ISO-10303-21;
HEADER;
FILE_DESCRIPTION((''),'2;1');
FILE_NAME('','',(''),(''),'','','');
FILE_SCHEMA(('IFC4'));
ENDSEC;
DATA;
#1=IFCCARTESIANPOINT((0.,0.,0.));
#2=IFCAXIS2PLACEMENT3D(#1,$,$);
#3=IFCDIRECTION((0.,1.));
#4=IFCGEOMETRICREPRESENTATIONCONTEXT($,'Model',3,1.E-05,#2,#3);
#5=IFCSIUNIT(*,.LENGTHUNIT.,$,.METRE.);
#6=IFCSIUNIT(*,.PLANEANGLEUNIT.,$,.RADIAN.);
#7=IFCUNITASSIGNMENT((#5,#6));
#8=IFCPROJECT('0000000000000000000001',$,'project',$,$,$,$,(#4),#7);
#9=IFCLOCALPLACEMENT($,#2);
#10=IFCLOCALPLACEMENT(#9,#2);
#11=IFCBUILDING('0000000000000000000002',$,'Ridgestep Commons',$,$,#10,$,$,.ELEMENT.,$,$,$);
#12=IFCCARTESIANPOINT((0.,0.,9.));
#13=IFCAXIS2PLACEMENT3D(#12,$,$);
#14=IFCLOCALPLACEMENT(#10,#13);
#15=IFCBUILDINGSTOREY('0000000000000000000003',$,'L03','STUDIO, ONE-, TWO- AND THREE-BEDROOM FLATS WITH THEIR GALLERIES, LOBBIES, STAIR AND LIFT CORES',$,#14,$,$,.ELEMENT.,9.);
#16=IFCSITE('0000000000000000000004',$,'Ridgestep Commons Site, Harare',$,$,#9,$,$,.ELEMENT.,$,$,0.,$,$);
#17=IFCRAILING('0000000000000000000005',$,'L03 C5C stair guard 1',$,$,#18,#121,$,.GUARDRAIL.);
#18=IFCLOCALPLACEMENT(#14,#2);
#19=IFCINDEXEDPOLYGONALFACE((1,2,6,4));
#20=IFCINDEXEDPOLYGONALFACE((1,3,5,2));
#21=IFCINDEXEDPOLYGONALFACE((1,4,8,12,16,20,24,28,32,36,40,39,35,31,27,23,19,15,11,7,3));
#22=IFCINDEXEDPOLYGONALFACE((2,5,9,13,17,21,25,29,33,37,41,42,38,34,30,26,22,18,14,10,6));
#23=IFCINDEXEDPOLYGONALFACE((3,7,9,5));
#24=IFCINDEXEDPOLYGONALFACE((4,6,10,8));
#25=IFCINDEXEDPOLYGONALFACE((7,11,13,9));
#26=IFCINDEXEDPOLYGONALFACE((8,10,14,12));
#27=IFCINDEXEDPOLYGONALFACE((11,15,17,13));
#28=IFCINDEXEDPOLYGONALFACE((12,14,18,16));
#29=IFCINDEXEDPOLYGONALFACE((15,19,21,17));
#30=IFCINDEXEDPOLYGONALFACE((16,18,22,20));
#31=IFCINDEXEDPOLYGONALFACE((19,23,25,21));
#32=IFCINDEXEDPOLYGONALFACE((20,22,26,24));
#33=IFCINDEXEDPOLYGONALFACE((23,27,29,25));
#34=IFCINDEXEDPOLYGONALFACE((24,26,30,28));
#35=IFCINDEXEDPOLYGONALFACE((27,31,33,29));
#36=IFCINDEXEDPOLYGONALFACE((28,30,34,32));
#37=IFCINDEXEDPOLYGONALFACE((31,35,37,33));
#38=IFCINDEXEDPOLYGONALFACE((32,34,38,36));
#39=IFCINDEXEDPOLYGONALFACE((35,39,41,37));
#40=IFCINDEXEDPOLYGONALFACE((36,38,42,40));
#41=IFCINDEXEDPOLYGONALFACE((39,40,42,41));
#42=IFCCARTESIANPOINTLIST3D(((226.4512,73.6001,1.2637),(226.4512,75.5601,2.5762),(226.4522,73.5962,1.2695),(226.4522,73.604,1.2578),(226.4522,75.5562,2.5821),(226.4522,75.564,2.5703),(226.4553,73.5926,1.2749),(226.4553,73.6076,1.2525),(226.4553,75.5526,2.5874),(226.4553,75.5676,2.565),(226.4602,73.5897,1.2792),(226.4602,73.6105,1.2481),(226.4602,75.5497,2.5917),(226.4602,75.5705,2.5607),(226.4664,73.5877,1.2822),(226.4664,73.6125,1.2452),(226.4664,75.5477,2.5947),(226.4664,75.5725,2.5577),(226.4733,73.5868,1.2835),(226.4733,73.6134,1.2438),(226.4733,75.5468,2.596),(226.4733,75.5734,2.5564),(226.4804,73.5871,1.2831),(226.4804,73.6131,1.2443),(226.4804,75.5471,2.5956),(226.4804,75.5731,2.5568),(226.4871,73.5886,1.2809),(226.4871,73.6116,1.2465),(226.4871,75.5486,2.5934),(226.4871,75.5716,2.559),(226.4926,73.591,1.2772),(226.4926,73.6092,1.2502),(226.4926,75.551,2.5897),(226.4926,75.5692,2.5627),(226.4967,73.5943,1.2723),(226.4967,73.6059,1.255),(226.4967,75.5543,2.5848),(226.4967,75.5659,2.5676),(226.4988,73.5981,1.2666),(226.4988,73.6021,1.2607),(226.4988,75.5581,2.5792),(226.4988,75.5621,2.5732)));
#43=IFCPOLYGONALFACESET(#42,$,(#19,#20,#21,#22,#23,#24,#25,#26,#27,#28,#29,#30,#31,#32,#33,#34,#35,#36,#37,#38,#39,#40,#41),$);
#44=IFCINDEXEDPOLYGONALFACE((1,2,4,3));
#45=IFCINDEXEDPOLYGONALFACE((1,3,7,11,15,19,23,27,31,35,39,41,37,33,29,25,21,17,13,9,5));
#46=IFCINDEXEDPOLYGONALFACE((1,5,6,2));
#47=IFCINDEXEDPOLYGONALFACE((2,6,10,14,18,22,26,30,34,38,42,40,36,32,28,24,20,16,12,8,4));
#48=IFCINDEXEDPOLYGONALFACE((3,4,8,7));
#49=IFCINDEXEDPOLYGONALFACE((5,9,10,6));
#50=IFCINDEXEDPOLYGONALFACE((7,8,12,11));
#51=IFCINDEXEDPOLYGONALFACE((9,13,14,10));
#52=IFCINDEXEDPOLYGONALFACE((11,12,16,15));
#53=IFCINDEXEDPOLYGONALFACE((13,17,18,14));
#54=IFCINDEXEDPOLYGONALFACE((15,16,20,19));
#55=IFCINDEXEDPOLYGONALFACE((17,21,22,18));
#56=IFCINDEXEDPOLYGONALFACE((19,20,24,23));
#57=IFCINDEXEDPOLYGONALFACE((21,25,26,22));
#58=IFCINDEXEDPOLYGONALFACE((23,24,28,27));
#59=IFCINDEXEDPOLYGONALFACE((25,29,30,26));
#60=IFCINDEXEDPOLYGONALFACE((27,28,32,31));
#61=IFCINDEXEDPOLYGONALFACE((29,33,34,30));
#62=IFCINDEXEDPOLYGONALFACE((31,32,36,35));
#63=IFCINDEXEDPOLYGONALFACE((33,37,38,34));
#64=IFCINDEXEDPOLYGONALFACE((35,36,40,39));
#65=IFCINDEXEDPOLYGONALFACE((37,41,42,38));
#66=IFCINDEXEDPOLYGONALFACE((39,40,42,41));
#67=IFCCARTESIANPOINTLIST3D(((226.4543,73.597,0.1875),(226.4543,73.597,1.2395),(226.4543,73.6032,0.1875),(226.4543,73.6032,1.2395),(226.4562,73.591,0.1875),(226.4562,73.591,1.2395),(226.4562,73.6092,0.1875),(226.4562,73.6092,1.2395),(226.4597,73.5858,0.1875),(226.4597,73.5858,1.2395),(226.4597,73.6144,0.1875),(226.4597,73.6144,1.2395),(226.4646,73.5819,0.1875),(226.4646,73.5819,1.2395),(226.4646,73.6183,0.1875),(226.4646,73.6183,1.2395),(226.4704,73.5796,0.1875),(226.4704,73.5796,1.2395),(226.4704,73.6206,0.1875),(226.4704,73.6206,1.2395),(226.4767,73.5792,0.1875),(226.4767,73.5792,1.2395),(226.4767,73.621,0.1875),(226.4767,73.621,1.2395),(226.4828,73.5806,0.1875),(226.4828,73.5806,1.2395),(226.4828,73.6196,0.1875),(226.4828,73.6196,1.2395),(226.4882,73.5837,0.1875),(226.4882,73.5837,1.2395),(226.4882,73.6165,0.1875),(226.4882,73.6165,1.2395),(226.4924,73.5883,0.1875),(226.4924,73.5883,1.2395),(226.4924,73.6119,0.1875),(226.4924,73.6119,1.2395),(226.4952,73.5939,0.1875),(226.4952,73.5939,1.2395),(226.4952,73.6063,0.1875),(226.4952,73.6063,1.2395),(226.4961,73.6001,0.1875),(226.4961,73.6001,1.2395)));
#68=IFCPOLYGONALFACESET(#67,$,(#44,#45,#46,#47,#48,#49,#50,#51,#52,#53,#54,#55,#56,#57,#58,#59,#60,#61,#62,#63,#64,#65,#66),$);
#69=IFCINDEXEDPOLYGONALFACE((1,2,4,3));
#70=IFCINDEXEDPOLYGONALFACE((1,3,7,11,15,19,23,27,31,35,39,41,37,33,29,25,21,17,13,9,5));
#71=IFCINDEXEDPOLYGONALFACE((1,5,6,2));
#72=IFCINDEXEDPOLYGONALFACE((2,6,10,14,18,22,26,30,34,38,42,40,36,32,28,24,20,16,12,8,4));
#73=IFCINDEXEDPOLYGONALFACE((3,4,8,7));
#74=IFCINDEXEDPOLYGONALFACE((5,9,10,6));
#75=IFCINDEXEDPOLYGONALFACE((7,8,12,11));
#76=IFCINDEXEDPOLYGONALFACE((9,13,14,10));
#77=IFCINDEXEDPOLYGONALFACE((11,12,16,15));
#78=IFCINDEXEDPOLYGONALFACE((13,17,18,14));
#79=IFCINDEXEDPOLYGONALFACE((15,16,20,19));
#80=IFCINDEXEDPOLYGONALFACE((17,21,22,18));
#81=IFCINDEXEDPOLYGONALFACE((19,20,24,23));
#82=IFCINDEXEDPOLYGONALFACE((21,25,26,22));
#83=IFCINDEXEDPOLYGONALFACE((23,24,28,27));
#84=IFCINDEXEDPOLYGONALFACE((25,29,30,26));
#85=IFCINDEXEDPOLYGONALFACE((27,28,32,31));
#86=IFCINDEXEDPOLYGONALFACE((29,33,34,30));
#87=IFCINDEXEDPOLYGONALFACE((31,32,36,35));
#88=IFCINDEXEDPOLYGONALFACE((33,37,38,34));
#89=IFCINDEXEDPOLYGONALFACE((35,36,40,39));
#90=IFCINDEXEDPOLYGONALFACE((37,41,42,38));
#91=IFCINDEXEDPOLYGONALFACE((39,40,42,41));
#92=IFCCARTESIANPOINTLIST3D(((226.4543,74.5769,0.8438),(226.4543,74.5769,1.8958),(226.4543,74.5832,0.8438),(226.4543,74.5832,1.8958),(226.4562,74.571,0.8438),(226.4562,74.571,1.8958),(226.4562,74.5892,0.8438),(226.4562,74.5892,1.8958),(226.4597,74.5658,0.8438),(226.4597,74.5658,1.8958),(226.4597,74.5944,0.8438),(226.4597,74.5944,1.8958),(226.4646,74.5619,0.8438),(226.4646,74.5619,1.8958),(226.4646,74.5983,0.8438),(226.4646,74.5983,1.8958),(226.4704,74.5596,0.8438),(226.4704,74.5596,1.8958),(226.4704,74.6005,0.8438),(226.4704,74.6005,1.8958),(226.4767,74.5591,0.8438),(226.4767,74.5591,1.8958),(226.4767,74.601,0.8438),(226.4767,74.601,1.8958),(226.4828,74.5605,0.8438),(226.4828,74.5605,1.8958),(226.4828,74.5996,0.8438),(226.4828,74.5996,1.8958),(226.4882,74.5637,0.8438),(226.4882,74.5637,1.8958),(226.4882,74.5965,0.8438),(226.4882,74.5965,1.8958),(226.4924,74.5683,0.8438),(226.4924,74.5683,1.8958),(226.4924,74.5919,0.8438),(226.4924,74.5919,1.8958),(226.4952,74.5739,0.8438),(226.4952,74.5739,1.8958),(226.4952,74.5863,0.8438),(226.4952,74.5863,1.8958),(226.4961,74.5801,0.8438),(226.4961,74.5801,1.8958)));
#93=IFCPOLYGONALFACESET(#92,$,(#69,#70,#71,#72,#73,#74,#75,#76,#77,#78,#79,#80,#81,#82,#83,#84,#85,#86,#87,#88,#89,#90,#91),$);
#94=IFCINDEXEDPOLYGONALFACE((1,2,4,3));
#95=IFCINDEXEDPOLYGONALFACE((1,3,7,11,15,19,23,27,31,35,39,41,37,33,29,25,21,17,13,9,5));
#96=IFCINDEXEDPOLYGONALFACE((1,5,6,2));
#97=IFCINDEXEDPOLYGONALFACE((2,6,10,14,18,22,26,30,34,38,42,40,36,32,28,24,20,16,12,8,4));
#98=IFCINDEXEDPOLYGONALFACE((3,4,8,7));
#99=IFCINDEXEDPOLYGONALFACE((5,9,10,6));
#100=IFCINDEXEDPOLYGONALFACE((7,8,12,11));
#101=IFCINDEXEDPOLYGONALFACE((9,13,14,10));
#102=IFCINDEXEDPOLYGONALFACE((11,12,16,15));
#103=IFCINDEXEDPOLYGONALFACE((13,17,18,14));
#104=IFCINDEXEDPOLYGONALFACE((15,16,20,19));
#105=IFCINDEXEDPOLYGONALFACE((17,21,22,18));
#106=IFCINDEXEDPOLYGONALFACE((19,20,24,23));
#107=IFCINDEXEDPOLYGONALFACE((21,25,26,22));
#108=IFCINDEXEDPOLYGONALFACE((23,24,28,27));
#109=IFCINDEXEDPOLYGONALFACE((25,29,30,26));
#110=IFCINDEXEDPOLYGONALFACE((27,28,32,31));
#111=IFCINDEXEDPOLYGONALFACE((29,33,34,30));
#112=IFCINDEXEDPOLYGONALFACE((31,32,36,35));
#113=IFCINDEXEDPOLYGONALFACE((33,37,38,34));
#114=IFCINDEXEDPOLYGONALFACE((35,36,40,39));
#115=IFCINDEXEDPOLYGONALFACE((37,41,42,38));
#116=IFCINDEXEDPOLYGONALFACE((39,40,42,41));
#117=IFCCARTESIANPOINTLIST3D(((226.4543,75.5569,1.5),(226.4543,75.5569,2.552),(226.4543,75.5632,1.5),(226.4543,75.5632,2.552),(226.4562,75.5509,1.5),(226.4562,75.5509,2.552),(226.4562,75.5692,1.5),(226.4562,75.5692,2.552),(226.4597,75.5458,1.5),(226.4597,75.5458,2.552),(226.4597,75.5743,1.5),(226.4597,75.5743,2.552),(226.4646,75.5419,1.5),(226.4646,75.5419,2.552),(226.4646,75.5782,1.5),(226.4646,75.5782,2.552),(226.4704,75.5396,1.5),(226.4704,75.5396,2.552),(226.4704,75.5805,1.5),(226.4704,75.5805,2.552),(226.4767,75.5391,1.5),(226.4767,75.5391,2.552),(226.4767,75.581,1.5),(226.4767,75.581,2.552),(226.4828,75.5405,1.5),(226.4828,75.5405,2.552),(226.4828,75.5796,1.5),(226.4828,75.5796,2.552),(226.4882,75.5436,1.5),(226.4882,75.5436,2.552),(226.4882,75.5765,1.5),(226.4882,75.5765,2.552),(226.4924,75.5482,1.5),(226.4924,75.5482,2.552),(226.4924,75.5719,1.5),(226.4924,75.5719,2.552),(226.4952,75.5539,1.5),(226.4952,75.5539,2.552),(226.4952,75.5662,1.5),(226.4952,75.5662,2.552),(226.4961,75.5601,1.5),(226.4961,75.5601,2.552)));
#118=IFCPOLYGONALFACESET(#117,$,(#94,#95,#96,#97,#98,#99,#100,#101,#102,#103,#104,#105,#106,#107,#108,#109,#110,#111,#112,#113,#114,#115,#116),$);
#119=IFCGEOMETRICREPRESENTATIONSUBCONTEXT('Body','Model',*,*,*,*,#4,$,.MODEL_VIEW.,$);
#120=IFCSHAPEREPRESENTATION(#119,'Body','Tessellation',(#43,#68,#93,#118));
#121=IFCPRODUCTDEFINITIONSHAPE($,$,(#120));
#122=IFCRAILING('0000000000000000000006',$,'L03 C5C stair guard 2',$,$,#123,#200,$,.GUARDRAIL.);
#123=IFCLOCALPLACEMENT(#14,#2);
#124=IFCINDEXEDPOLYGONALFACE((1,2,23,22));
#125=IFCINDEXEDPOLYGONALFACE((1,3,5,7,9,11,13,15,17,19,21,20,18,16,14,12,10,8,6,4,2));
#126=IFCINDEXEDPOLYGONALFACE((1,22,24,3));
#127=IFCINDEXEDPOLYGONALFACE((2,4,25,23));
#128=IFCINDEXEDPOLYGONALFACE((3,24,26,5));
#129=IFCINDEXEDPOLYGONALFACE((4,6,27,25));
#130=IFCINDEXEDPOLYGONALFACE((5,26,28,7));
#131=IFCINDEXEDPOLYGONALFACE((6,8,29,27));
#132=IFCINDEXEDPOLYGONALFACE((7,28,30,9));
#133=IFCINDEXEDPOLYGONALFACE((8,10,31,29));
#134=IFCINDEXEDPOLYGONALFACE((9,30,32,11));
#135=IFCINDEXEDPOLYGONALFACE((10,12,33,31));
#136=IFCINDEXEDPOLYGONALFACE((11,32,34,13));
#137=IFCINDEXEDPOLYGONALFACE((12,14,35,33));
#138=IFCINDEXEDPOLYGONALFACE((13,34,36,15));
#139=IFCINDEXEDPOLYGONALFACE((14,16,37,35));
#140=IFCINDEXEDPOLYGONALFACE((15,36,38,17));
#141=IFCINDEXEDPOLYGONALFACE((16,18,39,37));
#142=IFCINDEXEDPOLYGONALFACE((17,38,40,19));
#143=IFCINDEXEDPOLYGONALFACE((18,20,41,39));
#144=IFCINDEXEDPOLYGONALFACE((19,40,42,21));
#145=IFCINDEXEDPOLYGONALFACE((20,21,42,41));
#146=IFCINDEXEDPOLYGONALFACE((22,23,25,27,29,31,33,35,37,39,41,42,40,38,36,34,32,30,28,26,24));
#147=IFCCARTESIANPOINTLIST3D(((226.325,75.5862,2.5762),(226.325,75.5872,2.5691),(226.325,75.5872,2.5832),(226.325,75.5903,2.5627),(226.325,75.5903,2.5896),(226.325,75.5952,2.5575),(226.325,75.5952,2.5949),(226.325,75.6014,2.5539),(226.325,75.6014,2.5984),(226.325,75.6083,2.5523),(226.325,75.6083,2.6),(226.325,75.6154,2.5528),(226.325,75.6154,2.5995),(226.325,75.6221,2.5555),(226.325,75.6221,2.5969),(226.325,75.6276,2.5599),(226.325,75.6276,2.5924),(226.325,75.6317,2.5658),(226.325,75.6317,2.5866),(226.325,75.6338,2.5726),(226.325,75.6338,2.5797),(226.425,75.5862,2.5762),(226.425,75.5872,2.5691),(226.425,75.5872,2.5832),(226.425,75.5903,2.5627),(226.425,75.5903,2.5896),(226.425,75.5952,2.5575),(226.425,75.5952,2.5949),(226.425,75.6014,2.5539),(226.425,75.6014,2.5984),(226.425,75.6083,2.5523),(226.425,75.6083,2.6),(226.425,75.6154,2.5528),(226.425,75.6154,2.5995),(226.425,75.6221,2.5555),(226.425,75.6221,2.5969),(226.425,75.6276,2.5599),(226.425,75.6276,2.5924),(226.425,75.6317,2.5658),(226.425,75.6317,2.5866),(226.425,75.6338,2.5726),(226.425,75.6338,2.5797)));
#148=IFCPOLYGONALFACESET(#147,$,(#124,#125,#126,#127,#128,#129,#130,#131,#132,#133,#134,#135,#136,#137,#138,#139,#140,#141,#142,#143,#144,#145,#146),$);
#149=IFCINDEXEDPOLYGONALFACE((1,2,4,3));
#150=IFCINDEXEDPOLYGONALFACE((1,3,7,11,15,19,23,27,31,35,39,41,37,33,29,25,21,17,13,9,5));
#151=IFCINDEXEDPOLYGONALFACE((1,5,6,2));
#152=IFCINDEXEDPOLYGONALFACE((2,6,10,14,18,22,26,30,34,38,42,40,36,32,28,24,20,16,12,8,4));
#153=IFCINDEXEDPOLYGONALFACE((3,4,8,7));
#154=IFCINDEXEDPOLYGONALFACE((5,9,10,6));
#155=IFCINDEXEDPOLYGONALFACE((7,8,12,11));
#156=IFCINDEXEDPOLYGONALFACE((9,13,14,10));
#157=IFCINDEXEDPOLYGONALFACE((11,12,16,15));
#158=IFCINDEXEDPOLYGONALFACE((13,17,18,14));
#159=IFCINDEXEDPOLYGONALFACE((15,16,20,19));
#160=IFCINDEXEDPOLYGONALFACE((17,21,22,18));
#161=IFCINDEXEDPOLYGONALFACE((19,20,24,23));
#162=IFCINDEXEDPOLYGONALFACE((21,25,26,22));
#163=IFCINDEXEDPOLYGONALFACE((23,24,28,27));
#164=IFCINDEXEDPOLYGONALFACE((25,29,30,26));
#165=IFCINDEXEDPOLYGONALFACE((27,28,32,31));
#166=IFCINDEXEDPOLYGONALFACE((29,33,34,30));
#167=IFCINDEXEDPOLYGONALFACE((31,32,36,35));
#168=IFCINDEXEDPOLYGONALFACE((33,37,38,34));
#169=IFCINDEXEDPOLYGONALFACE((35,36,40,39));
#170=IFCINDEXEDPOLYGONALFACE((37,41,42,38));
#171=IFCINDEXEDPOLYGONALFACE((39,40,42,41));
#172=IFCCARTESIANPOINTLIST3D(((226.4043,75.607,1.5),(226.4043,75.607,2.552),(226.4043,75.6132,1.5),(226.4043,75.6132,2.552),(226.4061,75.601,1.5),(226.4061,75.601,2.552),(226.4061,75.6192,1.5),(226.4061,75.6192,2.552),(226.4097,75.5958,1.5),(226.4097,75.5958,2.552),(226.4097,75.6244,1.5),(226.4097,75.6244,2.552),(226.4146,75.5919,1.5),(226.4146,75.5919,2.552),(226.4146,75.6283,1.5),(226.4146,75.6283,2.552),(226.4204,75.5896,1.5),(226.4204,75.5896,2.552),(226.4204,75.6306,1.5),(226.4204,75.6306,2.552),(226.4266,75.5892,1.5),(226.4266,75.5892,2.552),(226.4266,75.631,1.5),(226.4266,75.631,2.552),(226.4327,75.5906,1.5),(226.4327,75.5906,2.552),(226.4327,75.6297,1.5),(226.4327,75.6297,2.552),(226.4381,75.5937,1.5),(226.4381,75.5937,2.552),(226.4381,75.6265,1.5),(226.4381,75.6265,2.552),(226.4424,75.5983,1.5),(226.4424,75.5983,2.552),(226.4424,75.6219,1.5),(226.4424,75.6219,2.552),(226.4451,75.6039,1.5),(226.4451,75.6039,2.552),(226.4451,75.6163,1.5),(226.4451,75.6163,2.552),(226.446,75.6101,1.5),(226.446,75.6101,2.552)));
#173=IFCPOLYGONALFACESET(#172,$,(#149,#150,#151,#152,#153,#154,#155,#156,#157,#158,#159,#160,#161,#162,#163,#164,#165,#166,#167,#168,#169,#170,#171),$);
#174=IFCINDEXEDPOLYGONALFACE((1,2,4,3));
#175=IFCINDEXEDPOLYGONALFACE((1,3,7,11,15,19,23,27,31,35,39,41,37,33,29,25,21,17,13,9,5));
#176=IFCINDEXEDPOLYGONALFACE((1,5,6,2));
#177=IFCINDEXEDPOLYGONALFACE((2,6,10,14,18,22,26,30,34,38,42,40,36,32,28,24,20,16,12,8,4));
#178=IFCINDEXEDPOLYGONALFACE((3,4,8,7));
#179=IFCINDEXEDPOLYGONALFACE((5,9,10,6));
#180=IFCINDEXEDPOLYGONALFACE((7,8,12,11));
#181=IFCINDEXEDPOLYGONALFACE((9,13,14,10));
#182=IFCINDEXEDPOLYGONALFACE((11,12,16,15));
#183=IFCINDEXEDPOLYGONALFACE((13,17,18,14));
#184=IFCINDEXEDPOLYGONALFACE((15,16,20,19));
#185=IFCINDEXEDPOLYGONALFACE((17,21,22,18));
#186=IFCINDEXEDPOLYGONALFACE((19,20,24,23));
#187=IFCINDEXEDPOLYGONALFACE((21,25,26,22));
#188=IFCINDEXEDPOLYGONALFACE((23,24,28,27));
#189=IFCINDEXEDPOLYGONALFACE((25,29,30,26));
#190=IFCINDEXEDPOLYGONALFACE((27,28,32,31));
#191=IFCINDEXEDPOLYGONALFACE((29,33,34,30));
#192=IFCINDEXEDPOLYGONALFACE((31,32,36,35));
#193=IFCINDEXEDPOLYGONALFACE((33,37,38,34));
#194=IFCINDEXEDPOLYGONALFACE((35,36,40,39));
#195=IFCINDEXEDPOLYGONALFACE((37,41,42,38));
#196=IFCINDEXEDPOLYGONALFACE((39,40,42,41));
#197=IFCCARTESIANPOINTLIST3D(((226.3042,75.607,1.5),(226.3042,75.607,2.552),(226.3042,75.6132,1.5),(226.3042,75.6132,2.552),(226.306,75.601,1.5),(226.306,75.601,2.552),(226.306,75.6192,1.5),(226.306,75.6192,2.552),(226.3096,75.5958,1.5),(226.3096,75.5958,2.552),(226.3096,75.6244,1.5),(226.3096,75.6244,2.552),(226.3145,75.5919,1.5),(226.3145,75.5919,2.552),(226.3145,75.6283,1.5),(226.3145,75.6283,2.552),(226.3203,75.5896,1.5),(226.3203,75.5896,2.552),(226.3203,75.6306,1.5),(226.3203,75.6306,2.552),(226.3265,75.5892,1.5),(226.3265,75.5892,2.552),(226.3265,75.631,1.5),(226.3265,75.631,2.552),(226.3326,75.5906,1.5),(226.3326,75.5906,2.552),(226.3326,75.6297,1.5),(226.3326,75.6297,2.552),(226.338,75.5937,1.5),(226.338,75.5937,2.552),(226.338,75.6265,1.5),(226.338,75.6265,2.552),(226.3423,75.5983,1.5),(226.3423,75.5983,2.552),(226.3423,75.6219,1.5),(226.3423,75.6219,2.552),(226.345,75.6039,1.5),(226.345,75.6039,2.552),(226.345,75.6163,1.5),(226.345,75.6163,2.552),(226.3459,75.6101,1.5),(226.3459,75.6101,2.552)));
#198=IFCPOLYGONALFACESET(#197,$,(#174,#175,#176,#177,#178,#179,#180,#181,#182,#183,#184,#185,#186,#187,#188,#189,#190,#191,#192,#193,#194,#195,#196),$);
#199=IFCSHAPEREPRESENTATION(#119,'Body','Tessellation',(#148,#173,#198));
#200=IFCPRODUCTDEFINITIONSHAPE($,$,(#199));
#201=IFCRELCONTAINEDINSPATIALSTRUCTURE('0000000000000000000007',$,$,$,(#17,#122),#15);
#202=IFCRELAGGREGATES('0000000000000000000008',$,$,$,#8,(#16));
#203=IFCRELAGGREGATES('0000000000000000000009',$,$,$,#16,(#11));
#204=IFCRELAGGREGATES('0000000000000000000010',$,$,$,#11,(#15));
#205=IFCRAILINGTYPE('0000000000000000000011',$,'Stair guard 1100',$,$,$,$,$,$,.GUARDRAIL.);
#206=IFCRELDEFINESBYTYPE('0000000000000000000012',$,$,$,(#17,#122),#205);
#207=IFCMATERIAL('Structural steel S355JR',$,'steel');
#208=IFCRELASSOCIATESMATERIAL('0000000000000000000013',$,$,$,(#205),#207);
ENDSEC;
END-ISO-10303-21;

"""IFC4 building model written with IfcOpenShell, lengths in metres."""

from ifc_helpers import new_model, si_unit, direction, frame, origin, origin_2d, place, context, subcontext, project, spatial, circle, extrude, material, type_object, element, save


model = new_model("IFC4")

# Units and contexts
model_context = context("Model", 3, precision=1e-05, world=origin(), true_north=direction((0.0, 1.0)))
body_context = subcontext(model_context, "Body", "Model", "MODEL_VIEW")
ifc_project = project(units=[si_unit("LENGTHUNIT", "METRE"), si_unit("PLANEANGLEUNIT", "RADIAN")], contexts=[model_context])

# Site, building, storey
site_placement = place(None, origin())
site = spatial("IfcSite", under=ifc_project, at=site_placement, Name="Ridgestep Commons Site, Harare", CompositionType="ELEMENT", RefElevation=0.0)
building_placement = place(site_placement, origin())
building = spatial("IfcBuilding", under=site, at=building_placement, Name="Ridgestep Commons", CompositionType="ELEMENT")
storey_placement = place(building_placement, frame((0.0, 0.0, 9.0)))
storey = spatial("IfcBuildingStorey", under=building, at=storey_placement, Name="L03", Description="STUDIO, ONE-, TWO- AND THREE-BEDROOM FLATS WITH THEIR GALLERIES, LOBBIES, STAIR AND LIFT CORES", CompositionType="ELEMENT", Elevation=9.0)

# Railings
ifc_material_1 = material(Name="Structural steel S355JR", Category="steel")
railing_type_1 = type_object("IfcRailingType", Name="Stair guard 1100", PredefinedType="GUARDRAIL", material=ifc_material_1)
railing_1_placement = place(storey_placement, frame((226.4751, 73.6001, 0.1875)))
element("IfcRailing", 1, at=railing_1_placement, inside=storey, type_object=railing_type_1, Name="L03 C5C stair guard 1", PredefinedType="GUARDRAIL", context=body_context, shape_type="SweptSolid", body=[
    extrude(circle(Radius=0.0239, at=origin_2d()), frame((0.0, 0.0, 1.0762), z_axis=(0.0, 0.830902, 0.556419), x_axis=(-1.0, 0.0, 0.0)), (0.0, 0.0, 1.0), 2.3589),
    extrude(circle(Radius=0.021, at=origin_2d()), origin(), (0.0, 0.0, 1.0), 1.052),
    extrude(circle(Radius=0.021, at=origin_2d()), frame((0.0, 0.98, 0.6562)), (0.0, 0.0, 1.0), 1.052),
    extrude(circle(Radius=0.021, at=origin_2d()), frame((0.0, 1.96, 1.3125)), (0.0, 0.0, 1.0), 1.052),
])
railing_2_placement = place(storey_placement, frame((226.425, 75.6101, 1.5)))
element("IfcRailing", 2, at=railing_2_placement, inside=storey, type_object=railing_type_1, Name="L03 C5C stair guard 2", PredefinedType="GUARDRAIL", context=body_context, shape_type="SweptSolid", body=[
    extrude(circle(Radius=0.0239, at=origin_2d()), frame((0.0, 0.0, 1.0762), z_axis=(-1.0, 0.0, 0.0), x_axis=(0.0, -1.0, 0.0)), (0.0, 0.0, 1.0), 0.1001),
    extrude(circle(Radius=0.021, at=origin_2d()), origin(), (0.0, 0.0, 1.0), 1.052),
    extrude(circle(Radius=0.021, at=origin_2d()), frame((-0.1001, 0.0, 0.0)), (0.0, 0.0, 1.0), 1.052),
])

save(model, "model.ifc")
